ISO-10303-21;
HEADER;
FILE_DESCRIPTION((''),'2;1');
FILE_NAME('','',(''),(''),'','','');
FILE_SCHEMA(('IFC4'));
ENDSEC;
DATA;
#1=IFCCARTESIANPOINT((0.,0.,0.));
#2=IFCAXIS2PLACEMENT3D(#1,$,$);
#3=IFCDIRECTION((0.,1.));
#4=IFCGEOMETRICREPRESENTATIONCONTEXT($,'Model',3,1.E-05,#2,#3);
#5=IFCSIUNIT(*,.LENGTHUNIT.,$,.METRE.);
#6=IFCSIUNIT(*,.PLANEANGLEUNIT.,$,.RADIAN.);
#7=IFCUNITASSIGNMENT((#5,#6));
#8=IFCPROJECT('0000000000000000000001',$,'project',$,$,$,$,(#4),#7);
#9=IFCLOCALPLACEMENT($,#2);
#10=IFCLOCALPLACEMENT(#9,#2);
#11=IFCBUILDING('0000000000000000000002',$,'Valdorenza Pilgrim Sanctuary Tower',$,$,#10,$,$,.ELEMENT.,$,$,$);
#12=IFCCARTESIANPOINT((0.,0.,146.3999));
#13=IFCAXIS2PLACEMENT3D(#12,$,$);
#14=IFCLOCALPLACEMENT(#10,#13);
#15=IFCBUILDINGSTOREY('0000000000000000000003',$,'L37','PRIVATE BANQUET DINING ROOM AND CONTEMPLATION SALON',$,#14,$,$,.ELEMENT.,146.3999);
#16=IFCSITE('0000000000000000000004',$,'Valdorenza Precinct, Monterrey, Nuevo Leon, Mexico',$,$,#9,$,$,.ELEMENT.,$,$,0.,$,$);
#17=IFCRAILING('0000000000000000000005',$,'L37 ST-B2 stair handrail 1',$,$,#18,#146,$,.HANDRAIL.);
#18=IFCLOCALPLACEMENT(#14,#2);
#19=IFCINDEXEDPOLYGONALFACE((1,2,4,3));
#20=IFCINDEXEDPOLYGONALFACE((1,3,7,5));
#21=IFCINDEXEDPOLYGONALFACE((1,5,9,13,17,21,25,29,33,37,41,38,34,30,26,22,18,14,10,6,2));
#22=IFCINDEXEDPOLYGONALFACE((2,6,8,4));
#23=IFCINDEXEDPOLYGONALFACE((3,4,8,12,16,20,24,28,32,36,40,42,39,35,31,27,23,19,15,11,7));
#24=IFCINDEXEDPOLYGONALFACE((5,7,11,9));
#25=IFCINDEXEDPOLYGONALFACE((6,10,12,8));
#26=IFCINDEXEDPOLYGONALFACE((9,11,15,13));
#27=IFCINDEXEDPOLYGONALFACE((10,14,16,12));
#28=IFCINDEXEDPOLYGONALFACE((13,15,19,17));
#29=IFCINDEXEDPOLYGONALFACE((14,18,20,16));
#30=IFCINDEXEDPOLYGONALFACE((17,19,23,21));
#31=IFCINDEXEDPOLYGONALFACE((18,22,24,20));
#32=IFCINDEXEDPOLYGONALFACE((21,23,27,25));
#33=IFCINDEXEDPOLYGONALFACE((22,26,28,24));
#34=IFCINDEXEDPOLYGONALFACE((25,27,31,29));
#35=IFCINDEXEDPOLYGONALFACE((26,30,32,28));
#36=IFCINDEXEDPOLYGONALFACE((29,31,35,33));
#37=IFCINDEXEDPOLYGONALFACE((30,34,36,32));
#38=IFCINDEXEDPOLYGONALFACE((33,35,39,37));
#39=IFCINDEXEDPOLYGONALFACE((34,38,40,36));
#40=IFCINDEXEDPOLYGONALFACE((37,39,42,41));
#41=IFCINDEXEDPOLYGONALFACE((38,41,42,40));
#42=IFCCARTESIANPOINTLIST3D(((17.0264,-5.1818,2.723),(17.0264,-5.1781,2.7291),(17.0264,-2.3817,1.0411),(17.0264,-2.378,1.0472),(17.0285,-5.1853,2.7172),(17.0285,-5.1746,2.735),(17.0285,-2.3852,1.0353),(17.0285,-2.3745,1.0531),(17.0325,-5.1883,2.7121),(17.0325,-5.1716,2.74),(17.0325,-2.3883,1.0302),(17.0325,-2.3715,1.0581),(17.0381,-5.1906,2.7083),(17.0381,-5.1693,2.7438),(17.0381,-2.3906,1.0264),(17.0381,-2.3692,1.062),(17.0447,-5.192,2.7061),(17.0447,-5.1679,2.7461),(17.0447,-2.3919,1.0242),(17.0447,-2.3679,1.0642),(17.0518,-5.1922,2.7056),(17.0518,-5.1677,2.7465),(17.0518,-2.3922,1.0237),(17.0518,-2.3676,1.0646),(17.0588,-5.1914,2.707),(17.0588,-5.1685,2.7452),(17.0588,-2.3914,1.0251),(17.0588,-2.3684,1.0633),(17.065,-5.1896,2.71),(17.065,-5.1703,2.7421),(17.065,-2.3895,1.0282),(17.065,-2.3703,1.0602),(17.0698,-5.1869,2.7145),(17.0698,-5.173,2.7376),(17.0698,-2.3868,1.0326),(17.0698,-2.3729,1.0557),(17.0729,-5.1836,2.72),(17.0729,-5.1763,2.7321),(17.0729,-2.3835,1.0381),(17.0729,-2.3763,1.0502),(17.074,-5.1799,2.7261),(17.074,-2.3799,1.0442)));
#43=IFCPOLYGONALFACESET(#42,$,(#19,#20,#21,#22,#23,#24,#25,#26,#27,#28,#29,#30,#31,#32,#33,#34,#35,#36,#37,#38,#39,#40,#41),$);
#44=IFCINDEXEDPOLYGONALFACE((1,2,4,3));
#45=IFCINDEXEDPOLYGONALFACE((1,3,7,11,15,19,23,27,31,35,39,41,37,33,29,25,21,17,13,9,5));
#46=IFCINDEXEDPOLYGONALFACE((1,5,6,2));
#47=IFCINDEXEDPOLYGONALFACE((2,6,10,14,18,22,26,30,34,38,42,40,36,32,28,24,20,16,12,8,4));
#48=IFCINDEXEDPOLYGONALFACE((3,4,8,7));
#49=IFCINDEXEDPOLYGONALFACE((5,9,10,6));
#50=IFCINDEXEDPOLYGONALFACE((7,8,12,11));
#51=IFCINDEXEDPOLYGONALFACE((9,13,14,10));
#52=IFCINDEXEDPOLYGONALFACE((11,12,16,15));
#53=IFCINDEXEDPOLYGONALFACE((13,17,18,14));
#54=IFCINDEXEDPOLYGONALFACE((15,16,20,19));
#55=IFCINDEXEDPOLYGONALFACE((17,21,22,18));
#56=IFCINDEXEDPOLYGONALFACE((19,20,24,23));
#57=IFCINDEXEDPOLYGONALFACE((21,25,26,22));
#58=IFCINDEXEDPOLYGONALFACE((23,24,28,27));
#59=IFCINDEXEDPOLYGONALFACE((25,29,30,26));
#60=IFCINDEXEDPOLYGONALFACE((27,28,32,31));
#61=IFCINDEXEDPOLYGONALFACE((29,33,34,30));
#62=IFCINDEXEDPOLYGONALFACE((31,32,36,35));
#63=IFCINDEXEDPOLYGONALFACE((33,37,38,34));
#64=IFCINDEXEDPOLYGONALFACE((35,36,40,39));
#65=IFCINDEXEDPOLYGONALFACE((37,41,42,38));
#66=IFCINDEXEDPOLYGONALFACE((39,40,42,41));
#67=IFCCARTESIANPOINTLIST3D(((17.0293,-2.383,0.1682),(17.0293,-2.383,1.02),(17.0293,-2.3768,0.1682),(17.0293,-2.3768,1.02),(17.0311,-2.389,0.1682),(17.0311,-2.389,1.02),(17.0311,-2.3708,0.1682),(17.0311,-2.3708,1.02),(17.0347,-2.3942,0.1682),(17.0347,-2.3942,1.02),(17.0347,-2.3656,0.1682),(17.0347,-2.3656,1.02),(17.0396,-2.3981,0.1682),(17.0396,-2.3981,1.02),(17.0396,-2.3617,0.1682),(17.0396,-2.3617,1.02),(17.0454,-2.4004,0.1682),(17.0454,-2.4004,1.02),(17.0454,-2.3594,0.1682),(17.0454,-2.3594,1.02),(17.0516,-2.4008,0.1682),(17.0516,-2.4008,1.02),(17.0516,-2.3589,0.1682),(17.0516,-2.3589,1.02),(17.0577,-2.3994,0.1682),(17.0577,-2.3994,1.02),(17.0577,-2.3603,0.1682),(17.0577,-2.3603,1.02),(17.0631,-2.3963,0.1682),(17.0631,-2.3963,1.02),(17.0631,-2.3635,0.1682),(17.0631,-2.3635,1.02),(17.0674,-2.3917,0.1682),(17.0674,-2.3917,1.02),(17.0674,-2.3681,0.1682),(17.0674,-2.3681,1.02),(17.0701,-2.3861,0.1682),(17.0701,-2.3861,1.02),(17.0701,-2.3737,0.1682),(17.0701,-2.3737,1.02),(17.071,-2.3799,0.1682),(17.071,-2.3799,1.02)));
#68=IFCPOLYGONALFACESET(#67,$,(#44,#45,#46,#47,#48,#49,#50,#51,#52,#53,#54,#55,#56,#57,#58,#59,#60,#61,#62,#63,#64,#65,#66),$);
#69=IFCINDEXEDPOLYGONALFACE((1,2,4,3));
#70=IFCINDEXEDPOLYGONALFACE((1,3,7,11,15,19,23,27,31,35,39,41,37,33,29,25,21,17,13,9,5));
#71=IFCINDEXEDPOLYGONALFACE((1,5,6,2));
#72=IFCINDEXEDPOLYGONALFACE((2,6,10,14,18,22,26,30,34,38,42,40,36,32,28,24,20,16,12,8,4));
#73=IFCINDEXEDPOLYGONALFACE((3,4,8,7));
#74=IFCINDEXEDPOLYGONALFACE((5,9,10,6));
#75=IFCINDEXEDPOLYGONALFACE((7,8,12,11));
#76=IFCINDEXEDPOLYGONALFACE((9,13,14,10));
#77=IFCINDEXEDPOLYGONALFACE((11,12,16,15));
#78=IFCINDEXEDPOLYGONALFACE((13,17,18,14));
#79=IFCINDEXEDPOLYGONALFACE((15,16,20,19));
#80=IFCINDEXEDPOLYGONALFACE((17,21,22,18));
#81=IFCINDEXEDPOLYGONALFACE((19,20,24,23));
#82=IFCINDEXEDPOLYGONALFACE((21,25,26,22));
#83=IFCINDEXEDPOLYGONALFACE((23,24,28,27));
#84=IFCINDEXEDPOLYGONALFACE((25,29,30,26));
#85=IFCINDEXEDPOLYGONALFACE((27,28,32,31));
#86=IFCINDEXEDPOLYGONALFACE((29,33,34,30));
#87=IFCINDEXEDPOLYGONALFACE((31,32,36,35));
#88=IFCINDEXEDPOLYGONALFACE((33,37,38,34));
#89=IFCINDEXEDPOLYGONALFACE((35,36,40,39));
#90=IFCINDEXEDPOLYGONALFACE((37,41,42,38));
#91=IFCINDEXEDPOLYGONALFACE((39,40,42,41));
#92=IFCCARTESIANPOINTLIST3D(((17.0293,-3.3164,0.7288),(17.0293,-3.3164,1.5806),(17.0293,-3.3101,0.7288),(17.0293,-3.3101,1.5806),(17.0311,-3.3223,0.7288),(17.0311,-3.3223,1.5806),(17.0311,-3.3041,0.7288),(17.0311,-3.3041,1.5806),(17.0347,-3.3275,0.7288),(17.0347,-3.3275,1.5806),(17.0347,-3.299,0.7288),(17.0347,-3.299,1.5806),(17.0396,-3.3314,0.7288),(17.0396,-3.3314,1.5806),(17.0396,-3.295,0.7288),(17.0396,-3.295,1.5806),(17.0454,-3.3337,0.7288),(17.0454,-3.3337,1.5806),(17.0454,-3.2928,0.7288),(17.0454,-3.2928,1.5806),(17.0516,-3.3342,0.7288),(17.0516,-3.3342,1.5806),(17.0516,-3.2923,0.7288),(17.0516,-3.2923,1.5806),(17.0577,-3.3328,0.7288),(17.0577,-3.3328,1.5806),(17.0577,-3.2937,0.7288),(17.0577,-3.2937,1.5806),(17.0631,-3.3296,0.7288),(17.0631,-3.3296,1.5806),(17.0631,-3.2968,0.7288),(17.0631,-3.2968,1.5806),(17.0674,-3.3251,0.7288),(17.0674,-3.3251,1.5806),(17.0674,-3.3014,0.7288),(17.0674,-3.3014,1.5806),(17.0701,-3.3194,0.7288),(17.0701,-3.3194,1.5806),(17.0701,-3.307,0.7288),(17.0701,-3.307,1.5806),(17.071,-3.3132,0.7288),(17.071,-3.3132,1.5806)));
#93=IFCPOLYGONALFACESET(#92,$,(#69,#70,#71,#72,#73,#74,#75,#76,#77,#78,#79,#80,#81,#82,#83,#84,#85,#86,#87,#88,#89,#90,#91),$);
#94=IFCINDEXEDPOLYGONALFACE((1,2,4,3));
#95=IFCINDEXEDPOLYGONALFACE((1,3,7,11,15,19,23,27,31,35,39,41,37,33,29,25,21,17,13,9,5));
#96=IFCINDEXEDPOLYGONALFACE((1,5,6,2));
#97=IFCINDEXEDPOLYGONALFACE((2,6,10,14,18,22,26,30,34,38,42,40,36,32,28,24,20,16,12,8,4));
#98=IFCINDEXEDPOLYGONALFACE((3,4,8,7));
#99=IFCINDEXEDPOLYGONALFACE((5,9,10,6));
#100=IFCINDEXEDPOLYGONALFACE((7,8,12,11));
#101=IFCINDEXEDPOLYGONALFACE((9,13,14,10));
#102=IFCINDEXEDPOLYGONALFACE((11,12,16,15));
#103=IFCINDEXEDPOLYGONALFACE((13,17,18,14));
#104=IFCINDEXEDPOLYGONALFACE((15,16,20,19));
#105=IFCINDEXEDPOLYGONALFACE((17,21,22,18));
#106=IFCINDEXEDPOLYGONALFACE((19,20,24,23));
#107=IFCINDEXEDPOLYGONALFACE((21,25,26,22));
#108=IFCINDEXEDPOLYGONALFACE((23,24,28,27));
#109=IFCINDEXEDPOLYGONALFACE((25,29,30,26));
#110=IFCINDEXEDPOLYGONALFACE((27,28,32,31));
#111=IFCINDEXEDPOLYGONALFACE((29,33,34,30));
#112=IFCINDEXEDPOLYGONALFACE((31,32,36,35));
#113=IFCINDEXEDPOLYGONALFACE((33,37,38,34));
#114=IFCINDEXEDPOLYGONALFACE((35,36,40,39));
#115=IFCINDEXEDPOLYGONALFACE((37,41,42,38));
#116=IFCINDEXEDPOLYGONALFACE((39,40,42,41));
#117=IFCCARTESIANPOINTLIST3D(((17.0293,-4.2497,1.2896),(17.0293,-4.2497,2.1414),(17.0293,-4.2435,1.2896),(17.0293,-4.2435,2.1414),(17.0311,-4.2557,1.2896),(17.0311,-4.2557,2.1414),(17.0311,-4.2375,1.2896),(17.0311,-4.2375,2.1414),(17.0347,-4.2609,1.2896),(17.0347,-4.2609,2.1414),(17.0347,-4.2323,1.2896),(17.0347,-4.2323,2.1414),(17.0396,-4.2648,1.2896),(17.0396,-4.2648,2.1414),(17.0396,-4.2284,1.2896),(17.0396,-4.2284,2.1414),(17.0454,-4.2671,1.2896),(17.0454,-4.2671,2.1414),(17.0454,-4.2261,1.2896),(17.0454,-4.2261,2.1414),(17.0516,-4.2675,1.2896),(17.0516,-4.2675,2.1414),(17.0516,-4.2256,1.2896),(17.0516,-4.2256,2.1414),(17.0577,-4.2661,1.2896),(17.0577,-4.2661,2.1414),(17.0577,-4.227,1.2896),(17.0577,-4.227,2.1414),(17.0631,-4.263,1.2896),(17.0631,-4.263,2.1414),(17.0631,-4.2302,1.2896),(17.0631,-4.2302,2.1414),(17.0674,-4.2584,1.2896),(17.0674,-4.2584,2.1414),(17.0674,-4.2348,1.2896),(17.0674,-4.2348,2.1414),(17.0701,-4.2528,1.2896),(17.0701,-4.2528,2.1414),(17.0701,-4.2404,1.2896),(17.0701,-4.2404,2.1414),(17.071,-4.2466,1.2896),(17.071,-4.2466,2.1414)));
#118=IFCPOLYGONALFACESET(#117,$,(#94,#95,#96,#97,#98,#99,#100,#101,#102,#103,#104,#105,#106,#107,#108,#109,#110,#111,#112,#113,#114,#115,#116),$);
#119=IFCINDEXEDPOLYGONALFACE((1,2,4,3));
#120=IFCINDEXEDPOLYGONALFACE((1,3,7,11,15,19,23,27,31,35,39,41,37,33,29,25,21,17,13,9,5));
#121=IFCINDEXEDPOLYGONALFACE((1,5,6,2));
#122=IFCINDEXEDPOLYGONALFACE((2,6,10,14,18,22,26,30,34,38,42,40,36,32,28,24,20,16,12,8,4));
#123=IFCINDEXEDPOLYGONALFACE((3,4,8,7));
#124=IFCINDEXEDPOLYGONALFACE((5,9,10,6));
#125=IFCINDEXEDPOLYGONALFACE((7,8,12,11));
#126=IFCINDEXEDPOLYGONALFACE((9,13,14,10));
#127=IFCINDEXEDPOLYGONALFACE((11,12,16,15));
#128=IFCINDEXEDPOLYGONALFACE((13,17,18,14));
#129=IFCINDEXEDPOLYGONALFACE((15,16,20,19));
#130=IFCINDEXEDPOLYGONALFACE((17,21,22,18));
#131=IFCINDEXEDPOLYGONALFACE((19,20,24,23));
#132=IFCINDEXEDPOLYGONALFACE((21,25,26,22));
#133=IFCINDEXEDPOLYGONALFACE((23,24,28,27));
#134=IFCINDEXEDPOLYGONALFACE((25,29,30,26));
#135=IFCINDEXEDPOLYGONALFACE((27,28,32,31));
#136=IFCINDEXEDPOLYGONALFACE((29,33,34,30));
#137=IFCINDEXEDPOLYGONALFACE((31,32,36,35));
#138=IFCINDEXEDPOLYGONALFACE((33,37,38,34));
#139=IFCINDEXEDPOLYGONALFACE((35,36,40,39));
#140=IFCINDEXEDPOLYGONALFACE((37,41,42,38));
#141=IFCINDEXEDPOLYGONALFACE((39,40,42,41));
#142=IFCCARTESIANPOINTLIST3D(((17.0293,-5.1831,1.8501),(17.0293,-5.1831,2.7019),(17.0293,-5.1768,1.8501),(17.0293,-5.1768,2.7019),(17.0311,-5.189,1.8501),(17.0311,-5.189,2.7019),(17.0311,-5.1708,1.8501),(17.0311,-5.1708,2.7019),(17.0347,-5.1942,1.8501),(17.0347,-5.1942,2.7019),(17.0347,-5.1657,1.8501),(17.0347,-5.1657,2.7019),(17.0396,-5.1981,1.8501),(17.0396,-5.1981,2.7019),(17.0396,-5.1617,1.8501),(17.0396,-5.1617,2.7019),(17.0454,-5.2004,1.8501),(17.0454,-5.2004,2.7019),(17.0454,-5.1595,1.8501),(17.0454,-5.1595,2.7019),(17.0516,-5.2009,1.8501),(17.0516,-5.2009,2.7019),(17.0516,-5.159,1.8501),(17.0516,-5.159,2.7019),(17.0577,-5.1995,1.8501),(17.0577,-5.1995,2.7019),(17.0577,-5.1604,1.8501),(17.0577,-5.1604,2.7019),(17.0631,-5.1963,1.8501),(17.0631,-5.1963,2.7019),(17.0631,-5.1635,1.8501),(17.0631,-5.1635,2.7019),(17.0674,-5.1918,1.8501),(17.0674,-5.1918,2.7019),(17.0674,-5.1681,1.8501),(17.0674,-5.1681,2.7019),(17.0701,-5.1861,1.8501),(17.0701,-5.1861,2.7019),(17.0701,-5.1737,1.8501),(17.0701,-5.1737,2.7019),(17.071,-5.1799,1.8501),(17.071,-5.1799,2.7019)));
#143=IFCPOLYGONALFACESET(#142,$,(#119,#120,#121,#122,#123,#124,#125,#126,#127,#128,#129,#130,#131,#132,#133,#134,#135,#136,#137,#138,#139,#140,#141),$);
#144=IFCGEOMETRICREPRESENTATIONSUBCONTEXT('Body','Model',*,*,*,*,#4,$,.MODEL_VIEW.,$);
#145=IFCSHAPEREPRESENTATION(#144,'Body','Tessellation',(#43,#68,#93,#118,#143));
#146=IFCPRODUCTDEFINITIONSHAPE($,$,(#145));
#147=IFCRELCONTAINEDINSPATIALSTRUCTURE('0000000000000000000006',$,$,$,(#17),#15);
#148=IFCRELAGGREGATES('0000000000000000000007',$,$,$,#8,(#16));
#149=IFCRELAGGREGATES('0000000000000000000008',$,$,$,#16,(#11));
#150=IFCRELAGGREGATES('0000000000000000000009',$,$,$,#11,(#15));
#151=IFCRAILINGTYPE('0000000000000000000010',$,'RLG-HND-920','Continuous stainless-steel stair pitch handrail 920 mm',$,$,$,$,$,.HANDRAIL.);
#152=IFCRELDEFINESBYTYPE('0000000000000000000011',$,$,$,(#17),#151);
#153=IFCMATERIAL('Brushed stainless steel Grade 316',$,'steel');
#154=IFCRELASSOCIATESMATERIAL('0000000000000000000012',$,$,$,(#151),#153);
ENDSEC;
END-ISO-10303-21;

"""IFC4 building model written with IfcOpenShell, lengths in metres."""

from ifc_helpers import new_model, si_unit, direction, frame, origin, origin_2d, place, context, subcontext, project, spatial, circle, extrude, material, type_object, element, save


model = new_model("IFC4")

# Units and contexts
model_context = context("Model", 3, precision=1e-05, world=origin(), true_north=direction((0.0, 1.0)))
body_context = subcontext(model_context, "Body", "Model", "MODEL_VIEW")
ifc_project = project(units=[si_unit("LENGTHUNIT", "METRE"), si_unit("PLANEANGLEUNIT", "RADIAN")], contexts=[model_context])

# Site, building, storey
site_placement = place(None, origin())
site = spatial("IfcSite", under=ifc_project, at=site_placement, Name="Valdorenza Precinct, Monterrey, Nuevo Leon, Mexico", CompositionType="ELEMENT", RefElevation=0.0)
building_placement = place(site_placement, origin())
building = spatial("IfcBuilding", under=site, at=building_placement, Name="Valdorenza Pilgrim Sanctuary Tower", CompositionType="ELEMENT")
storey_placement = place(building_placement, frame((0.0, 0.0, 146.3999)))
storey = spatial("IfcBuildingStorey", under=building, at=storey_placement, Name="L37", Description="PRIVATE BANQUET DINING ROOM AND CONTEMPLATION SALON", CompositionType="ELEMENT", Elevation=146.3999)

# Railing
ifc_material_1 = material(Name="Brushed stainless steel Grade 316", Category="steel")
railing_type_1 = type_object("IfcRailingType", Name="RLG-HND-920", Description="Continuous stainless-steel stair pitch handrail 920 mm", PredefinedType="HANDRAIL", material=ifc_material_1)
railing_1_placement = place(storey_placement, frame((17.05, -2.3799, 0.1682)))
element("IfcRailing", 1, at=railing_1_placement, inside=storey, type_object=railing_type_1, Name="L37 ST-B2 stair handrail 1", PredefinedType="HANDRAIL", context=body_context, shape_type="SweptSolid", body=[
    extrude(circle(Radius=0.0239, at=origin_2d()), frame((0.0, 0.0, 0.876), z_axis=(0.0, -0.857242, 0.514913), x_axis=(1.0, 0.0, 0.0)), (0.0, 0.0, 1.0), 3.2664),
    extrude(circle(Radius=0.021, at=origin_2d()), origin(), (0.0, 0.0, 1.0), 0.8518),
    extrude(circle(Radius=0.021, at=origin_2d()), frame((0.0, -0.9333, 0.5605)), (0.0, 0.0, 1.0), 0.8518),
    extrude(circle(Radius=0.021, at=origin_2d()), frame((0.0, -1.8667, 1.1213)), (0.0, 0.0, 1.0), 0.8518),
    extrude(circle(Radius=0.021, at=origin_2d()), frame((0.0, -2.8, 1.6819)), (0.0, 0.0, 1.0), 0.8518),
])

save(model, "model.ifc")
